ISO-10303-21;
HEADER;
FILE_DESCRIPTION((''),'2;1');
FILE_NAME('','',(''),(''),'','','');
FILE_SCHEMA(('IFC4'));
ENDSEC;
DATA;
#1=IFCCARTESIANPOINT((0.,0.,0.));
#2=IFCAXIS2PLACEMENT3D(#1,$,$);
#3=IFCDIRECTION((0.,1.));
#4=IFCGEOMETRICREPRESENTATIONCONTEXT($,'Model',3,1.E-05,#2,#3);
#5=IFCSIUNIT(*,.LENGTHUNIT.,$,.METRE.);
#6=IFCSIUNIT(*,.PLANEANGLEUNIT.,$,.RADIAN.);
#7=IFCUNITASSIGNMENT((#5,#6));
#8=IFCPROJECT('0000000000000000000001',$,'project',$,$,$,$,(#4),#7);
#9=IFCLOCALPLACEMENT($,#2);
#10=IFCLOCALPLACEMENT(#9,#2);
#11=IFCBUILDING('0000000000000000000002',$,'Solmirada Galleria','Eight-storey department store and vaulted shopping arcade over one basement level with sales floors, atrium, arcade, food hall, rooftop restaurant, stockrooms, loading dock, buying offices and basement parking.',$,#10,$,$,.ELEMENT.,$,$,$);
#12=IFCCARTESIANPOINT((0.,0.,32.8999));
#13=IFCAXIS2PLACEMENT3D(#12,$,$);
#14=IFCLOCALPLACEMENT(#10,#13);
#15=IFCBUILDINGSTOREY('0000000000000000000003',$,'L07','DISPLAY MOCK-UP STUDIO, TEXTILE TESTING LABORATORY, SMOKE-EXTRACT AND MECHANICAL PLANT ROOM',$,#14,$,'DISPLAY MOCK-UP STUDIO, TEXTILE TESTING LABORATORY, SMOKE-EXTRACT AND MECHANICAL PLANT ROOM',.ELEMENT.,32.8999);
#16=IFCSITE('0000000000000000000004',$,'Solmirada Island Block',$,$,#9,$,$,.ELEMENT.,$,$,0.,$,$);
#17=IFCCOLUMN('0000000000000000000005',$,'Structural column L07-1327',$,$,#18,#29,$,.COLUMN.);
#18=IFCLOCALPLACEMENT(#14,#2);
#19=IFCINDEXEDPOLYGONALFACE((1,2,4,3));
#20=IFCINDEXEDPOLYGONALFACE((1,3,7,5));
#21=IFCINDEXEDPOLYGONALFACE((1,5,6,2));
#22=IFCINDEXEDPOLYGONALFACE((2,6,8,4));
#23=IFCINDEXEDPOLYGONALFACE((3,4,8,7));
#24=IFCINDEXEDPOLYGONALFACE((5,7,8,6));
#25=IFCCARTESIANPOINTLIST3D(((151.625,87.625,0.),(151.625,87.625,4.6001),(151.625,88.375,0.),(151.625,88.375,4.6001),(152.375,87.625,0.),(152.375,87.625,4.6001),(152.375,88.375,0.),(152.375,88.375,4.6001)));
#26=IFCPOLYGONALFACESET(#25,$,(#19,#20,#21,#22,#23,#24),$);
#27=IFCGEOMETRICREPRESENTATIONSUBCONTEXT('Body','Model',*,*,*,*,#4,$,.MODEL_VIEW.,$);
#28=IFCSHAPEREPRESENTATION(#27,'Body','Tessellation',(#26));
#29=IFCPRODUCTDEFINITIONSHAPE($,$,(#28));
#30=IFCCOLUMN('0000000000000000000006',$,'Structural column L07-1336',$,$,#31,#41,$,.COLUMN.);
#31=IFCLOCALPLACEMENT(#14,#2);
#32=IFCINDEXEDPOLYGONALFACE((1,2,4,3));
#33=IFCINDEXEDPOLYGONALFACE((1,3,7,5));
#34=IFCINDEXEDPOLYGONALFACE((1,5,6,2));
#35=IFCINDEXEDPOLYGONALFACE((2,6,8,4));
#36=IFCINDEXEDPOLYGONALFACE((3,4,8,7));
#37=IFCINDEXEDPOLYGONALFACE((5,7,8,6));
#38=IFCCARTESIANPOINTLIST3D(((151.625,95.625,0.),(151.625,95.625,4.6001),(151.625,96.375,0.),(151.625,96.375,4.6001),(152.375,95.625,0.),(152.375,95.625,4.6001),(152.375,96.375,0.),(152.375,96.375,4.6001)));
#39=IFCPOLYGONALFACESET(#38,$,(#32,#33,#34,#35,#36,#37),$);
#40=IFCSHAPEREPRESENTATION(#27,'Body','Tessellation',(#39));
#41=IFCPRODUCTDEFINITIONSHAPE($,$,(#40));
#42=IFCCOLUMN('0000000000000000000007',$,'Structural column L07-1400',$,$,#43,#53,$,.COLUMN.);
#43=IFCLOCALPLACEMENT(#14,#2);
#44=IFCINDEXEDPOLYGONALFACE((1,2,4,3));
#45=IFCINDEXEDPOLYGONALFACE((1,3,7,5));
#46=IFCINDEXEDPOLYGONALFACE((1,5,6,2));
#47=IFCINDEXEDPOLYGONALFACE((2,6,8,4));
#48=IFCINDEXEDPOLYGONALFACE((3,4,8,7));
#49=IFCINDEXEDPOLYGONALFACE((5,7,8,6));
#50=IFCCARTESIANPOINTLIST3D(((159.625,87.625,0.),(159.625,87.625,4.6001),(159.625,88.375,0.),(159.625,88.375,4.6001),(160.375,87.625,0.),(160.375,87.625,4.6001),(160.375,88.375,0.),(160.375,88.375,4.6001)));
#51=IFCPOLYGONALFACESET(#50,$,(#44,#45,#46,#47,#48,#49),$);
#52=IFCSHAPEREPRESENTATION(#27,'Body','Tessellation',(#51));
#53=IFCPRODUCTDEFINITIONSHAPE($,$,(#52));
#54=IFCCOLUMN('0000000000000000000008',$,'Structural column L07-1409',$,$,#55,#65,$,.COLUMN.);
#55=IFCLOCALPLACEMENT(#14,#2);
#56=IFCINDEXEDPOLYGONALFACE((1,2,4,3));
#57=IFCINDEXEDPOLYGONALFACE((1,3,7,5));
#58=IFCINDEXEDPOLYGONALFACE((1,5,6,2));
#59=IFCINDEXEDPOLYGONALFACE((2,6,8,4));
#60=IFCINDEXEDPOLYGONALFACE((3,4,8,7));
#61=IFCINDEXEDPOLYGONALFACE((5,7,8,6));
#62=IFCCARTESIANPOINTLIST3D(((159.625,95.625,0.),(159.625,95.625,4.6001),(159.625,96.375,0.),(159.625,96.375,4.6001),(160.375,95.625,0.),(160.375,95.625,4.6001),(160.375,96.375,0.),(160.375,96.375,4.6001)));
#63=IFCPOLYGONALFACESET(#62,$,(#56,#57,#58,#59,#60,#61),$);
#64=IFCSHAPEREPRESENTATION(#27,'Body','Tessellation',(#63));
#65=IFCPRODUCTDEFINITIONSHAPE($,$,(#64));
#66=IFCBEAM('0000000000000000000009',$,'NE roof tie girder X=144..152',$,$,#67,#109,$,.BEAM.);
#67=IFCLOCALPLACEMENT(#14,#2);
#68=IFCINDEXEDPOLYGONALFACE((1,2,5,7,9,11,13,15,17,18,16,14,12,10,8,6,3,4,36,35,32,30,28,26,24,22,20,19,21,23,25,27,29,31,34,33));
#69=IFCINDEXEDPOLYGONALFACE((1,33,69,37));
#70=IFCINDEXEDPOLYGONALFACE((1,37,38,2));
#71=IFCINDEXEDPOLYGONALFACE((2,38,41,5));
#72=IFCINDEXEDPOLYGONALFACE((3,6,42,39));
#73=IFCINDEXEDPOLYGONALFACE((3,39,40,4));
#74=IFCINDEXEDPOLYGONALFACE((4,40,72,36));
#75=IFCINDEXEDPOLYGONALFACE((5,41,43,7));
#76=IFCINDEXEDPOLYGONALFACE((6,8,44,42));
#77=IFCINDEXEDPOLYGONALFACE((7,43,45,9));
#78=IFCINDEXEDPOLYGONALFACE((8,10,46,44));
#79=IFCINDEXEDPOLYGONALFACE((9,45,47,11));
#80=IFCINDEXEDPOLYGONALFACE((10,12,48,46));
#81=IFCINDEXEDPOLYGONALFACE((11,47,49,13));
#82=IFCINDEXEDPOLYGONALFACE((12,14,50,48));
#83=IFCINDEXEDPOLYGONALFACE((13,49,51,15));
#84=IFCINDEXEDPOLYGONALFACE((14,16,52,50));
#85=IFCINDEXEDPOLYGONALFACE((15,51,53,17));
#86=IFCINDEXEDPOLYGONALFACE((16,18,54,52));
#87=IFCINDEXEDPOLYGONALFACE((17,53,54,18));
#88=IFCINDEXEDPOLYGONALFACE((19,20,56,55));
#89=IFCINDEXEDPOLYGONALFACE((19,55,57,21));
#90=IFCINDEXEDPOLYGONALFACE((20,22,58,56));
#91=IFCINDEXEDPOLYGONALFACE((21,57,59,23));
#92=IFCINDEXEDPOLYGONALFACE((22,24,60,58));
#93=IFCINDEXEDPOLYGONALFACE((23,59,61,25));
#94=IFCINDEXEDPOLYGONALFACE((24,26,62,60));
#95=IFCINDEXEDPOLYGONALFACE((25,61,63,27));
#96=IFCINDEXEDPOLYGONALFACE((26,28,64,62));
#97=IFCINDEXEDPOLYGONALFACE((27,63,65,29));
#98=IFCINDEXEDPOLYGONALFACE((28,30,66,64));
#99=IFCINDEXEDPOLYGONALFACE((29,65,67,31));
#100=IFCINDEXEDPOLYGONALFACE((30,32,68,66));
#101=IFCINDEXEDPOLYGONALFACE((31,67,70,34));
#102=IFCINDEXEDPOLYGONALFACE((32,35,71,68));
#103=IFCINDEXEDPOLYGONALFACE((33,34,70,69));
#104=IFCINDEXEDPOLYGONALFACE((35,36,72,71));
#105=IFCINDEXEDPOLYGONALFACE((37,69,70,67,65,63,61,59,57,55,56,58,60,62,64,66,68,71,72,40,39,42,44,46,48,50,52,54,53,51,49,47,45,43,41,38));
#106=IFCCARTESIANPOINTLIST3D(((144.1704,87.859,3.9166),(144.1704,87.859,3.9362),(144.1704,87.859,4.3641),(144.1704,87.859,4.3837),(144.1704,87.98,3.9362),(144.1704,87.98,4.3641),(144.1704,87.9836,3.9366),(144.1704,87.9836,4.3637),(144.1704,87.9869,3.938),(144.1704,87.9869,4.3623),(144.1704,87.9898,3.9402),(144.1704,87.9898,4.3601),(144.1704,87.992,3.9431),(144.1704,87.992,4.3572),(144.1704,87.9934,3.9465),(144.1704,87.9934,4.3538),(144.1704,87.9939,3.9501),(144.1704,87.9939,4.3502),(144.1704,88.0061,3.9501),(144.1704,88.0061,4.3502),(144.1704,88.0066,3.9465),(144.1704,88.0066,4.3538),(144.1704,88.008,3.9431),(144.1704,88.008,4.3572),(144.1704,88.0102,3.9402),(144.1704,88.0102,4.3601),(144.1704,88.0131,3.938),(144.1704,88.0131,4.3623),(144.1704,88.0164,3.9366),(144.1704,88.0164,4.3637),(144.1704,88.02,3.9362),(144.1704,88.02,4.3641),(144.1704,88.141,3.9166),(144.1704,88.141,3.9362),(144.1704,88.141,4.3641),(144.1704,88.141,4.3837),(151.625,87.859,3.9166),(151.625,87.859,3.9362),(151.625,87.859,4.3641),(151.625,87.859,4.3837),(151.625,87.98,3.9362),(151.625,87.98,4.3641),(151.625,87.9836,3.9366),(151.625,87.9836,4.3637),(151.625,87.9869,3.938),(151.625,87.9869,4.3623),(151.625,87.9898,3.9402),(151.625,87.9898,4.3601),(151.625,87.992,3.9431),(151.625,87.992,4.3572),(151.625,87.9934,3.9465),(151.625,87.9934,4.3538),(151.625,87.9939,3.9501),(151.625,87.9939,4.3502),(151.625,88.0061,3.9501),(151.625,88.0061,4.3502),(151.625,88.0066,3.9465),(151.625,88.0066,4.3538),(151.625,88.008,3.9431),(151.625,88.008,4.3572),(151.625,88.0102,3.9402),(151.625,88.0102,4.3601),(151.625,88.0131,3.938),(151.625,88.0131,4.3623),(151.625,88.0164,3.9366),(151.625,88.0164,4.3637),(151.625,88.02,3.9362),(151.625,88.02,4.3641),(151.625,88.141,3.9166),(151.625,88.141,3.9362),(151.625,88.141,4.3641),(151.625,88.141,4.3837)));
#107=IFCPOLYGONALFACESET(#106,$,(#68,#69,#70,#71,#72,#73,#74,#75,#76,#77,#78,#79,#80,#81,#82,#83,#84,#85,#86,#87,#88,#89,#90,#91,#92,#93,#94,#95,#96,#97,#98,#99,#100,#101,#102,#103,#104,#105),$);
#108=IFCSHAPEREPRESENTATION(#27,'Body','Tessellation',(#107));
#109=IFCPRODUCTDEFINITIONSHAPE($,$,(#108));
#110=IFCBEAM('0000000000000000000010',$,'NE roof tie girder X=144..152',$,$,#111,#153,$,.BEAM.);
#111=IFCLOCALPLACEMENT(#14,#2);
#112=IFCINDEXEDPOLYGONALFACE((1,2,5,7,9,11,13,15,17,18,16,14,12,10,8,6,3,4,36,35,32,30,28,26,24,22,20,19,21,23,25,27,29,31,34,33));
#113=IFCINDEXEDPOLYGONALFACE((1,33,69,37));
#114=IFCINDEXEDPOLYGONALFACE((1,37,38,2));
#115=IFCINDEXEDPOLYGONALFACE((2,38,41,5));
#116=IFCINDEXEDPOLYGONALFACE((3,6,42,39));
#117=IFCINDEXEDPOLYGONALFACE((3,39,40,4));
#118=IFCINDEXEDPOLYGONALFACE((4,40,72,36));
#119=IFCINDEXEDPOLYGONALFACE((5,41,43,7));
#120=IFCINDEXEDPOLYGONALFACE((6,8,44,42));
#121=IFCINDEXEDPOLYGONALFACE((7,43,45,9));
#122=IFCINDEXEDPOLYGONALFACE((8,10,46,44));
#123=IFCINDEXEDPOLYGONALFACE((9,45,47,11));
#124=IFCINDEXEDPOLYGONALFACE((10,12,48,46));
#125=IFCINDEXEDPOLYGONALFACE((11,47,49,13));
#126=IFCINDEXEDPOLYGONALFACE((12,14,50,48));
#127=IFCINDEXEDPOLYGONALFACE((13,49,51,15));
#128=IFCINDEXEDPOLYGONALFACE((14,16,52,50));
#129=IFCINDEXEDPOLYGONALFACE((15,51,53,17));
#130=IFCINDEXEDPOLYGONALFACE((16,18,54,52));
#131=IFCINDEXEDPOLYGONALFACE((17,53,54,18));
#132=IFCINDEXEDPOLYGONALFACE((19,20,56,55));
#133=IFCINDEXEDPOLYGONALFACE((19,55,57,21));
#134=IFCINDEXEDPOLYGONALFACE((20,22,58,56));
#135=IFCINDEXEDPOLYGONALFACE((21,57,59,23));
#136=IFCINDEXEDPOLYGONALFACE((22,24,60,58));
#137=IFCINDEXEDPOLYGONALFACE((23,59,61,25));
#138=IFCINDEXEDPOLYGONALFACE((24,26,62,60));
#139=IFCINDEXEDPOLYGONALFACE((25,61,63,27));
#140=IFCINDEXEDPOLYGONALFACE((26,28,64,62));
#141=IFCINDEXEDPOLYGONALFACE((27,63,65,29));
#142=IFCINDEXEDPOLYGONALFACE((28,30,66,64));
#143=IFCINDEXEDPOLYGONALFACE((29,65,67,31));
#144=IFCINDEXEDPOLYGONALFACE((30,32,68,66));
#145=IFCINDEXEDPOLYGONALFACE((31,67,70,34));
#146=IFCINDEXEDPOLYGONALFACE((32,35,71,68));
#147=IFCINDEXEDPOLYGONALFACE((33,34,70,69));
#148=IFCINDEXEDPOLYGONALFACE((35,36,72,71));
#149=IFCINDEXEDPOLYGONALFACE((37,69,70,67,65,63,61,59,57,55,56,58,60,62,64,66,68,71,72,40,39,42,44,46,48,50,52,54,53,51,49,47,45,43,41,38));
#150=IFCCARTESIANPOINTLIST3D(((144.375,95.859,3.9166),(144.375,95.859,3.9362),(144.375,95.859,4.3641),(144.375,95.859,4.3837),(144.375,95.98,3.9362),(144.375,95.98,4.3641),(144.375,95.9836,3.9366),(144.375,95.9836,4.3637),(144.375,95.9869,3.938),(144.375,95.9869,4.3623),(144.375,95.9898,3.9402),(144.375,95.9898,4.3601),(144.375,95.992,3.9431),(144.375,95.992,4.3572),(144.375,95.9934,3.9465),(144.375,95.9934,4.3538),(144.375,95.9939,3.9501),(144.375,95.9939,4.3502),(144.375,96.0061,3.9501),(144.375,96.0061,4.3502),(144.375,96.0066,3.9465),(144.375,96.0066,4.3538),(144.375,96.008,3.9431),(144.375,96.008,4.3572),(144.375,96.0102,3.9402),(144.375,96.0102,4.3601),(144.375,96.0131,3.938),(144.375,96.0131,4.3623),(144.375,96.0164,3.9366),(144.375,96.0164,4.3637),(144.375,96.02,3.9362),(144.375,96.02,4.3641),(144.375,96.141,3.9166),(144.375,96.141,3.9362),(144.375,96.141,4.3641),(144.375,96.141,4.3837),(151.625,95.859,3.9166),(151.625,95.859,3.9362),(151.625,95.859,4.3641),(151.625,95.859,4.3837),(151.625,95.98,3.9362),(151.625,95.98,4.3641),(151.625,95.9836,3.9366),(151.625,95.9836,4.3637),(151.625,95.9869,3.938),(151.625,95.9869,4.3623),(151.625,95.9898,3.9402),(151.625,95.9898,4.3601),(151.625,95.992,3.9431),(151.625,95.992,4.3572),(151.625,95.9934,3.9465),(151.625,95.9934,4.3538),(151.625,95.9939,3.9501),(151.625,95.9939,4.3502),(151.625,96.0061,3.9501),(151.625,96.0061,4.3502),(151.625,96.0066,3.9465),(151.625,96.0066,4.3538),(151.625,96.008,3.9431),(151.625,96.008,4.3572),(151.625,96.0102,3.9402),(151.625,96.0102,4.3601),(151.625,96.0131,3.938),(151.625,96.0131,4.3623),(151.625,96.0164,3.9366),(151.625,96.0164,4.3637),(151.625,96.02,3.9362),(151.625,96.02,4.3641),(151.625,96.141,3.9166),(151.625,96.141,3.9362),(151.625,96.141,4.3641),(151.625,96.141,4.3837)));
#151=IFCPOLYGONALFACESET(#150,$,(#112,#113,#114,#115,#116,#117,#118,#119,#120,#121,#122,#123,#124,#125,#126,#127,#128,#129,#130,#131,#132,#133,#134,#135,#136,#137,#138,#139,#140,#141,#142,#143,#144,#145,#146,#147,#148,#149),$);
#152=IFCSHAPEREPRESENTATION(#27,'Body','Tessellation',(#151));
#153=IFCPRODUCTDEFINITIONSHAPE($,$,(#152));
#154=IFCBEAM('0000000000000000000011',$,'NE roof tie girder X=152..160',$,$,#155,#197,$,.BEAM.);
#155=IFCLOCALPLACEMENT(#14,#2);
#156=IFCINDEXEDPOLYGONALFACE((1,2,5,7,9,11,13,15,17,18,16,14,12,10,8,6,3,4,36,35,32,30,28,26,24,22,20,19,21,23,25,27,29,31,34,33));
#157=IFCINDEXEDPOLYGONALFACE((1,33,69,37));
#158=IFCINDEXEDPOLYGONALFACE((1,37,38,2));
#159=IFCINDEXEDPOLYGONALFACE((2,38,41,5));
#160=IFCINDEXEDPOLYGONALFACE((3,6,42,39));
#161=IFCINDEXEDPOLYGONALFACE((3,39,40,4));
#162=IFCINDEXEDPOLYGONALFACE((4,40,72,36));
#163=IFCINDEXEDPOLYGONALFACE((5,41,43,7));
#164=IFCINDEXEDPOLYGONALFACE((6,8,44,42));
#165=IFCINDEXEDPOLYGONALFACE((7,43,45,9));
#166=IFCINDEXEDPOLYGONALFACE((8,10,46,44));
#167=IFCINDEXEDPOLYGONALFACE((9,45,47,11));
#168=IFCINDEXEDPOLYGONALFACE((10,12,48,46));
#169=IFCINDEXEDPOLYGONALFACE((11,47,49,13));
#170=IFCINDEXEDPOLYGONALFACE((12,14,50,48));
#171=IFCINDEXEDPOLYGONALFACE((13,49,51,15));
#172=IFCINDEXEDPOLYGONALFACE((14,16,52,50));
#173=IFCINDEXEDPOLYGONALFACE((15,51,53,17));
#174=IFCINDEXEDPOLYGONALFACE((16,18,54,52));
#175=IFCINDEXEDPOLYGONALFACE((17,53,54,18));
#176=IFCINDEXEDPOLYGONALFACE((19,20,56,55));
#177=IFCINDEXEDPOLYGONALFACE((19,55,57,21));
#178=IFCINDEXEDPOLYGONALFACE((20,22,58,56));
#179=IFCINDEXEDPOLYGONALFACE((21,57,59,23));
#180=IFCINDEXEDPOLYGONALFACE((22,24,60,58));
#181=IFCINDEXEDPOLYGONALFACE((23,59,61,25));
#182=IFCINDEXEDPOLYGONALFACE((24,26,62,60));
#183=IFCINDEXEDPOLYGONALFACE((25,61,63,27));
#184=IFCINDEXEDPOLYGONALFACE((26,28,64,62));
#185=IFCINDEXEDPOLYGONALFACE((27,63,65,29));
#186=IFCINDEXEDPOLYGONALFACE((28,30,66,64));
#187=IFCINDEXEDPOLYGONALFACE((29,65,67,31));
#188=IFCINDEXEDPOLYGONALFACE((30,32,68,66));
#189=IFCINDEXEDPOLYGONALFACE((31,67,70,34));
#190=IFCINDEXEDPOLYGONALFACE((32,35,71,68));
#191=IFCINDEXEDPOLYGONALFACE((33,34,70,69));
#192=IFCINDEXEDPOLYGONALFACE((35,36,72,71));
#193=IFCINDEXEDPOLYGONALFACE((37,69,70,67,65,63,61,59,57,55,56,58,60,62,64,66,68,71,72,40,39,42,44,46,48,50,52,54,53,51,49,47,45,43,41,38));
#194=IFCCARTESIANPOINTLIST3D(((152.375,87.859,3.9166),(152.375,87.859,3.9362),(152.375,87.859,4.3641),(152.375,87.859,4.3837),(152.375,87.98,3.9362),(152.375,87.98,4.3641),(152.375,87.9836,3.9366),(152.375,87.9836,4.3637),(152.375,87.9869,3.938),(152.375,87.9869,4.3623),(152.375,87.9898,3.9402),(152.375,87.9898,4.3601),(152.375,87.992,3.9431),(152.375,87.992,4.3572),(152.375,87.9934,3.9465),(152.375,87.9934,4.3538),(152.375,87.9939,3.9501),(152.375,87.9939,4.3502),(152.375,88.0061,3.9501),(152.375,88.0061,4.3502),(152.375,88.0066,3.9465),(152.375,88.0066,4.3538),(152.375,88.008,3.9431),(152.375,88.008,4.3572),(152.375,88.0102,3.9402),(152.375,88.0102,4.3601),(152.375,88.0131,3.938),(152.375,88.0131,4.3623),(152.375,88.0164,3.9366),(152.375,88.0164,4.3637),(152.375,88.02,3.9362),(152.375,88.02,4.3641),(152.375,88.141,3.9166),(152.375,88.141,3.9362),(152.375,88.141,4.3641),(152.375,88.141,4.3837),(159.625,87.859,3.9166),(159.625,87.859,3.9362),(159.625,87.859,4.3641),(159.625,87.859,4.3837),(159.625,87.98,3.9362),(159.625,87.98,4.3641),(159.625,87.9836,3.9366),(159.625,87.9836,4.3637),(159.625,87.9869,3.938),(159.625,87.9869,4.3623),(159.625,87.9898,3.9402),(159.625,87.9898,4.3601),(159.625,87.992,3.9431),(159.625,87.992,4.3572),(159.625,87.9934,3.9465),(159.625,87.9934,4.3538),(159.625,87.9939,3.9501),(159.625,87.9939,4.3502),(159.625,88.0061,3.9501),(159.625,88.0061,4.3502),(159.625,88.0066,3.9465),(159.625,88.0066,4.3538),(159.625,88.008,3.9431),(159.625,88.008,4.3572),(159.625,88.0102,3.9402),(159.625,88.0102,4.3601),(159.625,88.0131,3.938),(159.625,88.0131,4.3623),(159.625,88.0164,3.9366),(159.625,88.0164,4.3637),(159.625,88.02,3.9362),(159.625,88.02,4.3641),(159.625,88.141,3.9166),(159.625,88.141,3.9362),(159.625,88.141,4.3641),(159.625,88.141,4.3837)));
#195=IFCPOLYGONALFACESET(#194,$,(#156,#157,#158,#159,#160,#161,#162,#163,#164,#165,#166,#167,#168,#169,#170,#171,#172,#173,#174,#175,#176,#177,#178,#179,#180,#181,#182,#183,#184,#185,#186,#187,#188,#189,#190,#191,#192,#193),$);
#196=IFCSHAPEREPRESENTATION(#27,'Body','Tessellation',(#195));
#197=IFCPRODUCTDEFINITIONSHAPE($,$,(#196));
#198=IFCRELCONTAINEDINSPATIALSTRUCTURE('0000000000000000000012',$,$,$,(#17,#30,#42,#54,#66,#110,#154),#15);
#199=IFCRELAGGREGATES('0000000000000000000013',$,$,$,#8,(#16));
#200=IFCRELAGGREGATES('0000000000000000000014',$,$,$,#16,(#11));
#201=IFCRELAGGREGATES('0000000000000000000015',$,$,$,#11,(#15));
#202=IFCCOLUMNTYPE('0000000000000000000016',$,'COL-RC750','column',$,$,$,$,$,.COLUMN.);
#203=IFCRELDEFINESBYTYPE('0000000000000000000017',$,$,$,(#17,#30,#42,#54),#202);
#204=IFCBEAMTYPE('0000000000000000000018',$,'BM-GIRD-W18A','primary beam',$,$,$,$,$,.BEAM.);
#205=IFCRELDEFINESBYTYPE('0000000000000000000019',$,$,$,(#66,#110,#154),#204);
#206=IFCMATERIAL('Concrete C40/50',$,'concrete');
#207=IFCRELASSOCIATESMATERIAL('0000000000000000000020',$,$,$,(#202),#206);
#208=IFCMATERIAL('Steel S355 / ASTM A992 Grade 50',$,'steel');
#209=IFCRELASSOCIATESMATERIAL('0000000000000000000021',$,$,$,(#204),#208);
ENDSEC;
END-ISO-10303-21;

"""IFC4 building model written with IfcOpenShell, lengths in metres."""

from ifc_helpers import new_model, si_unit, direction, frame, origin, origin_2d, place, context, subcontext, project, spatial, rectangle, i_section, extrude, material, material_profile, profile_set, type_object, element, save


model = new_model("IFC4")

# Units and contexts
model_context = context("Model", 3, precision=1e-05, world=origin(), true_north=direction((0.0, 1.0)))
body_context = subcontext(model_context, "Body", "Model", "MODEL_VIEW")
ifc_project = project(units=[si_unit("LENGTHUNIT", "METRE"), si_unit("PLANEANGLEUNIT", "RADIAN")], contexts=[model_context])

# Site, building, storey
site_placement = place(None, origin())
site = spatial("IfcSite", under=ifc_project, at=site_placement, Name="Solmirada Island Block", CompositionType="ELEMENT", RefElevation=0.0)
building_placement = place(site_placement, origin())
building = spatial("IfcBuilding", under=site, at=building_placement, Name="Solmirada Galleria", Description="Eight-storey department store and vaulted shopping arcade over one basement level with sales floors, atrium, arcade, food hall, rooftop restaurant, stockrooms, loading dock, buying offices and basement parking.", CompositionType="ELEMENT")
storey_placement = place(building_placement, frame((0.0, 0.0, 32.8999)))
storey = spatial("IfcBuildingStorey", under=building, at=storey_placement, Name="L07", Description="DISPLAY MOCK-UP STUDIO, TEXTILE TESTING LABORATORY, SMOKE-EXTRACT AND MECHANICAL PLANT ROOM", LongName="DISPLAY MOCK-UP STUDIO, TEXTILE TESTING LABORATORY, SMOKE-EXTRACT AND MECHANICAL PLANT ROOM", CompositionType="ELEMENT", Elevation=32.8999)

# Columns
ifc_material_1 = material(Name="Concrete C40/50", Category="concrete")
ifc_material_profile_1 = material_profile(ifc_material_1, rectangle(XDim=0.75, YDim=0.75, at=origin_2d()), Name="RC750X750")
ifc_profile_set_1 = profile_set([ifc_material_profile_1], Name="Concrete C40/50")
column_type = type_object("IfcColumnType", Name="COL-RC750", Description="column", PredefinedType="COLUMN", material=ifc_profile_set_1)
for number, where, z_axis, x_axis, name in (
    (1, (152.0, 88.0, 0.0), (0.0, 0.0, 1.0), (1.0, 0.0, 0.0), "Structural column L07-1327"),
    (2, (152.0, 96.0, 0.0), (0.0, 0.0, 1.0), (1.0, 0.0, 0.0), "Structural column L07-1336"),
    (3, (160.0, 88.0, 0.0), (0.0, 0.0, 1.0), (1.0, 0.0, 0.0), "Structural column L07-1400"),
    (4, (160.0, 96.0, 0.0), (0.0, 0.0, 1.0), (1.0, 0.0, 0.0), "Structural column L07-1409"),
):
    element("IfcColumn", number, at=place(storey_placement, frame(where, z_axis=z_axis, x_axis=x_axis)), inside=storey, type_object=column_type, Name=name, PredefinedType="COLUMN", context=body_context, shape_type="SweptSolid", body=[
        extrude(rectangle(XDim=0.75, YDim=0.75, at=origin_2d()), origin(), (0.0, 0.0, 1.0), 4.6001),
    ])

# Beams
ifc_material_2 = material(Name="Steel S355 / ASTM A992 Grade 50", Category="steel")
ifc_material_profile_2 = material_profile(ifc_material_2, i_section(OverallWidth=0.282, OverallDepth=0.467, WebThickness=0.0122, FlangeThickness=0.0195, FilletRadius=0.0139, at=origin_2d()), Name="W18X86")
ifc_profile_set_2 = profile_set([ifc_material_profile_2], Name="Steel S355 / ASTM A992 Grade 50")
beam_type = type_object("IfcBeamType", Name="BM-GIRD-W18A", Description="primary beam", PredefinedType="BEAM", material=ifc_profile_set_2)
beam_placement = place(storey_placement, frame((144.1704, 88.0, 4.1501), z_axis=(1.0, 0.0, 0.0), x_axis=(0.0, 1.0, 0.0)))
element("IfcBeam", 5, at=beam_placement, inside=storey, type_object=beam_type, Name="NE roof tie girder X=144..152", PredefinedType="BEAM", context=body_context, shape_type="SweptSolid", body=[
    extrude(i_section(OverallWidth=0.282, OverallDepth=0.467, WebThickness=0.0122, FlangeThickness=0.0195, FilletRadius=0.0139, at=origin_2d()), origin(), (0.0, 0.0, 1.0), 7.4546),
])
for number, where, z_axis, x_axis, name in (
    (6, (144.375, 96.0, 4.1501), (1.0, 0.0, 0.0), (0.0, 1.0, 0.0), "NE roof tie girder X=144..152"),
    (7, (152.375, 88.0, 4.1501), (1.0, 0.0, 0.0), (0.0, 1.0, 0.0), "NE roof tie girder X=152..160"),
):
    element("IfcBeam", number, at=place(storey_placement, frame(where, z_axis=z_axis, x_axis=x_axis)), inside=storey, type_object=beam_type, Name=name, PredefinedType="BEAM", context=body_context, shape_type="SweptSolid", body=[
        extrude(i_section(OverallWidth=0.282, OverallDepth=0.467, WebThickness=0.0122, FlangeThickness=0.0195, FilletRadius=0.0139, at=origin_2d()), origin(), (0.0, 0.0, 1.0), 7.25),
    ])

save(model, "model.ifc")
